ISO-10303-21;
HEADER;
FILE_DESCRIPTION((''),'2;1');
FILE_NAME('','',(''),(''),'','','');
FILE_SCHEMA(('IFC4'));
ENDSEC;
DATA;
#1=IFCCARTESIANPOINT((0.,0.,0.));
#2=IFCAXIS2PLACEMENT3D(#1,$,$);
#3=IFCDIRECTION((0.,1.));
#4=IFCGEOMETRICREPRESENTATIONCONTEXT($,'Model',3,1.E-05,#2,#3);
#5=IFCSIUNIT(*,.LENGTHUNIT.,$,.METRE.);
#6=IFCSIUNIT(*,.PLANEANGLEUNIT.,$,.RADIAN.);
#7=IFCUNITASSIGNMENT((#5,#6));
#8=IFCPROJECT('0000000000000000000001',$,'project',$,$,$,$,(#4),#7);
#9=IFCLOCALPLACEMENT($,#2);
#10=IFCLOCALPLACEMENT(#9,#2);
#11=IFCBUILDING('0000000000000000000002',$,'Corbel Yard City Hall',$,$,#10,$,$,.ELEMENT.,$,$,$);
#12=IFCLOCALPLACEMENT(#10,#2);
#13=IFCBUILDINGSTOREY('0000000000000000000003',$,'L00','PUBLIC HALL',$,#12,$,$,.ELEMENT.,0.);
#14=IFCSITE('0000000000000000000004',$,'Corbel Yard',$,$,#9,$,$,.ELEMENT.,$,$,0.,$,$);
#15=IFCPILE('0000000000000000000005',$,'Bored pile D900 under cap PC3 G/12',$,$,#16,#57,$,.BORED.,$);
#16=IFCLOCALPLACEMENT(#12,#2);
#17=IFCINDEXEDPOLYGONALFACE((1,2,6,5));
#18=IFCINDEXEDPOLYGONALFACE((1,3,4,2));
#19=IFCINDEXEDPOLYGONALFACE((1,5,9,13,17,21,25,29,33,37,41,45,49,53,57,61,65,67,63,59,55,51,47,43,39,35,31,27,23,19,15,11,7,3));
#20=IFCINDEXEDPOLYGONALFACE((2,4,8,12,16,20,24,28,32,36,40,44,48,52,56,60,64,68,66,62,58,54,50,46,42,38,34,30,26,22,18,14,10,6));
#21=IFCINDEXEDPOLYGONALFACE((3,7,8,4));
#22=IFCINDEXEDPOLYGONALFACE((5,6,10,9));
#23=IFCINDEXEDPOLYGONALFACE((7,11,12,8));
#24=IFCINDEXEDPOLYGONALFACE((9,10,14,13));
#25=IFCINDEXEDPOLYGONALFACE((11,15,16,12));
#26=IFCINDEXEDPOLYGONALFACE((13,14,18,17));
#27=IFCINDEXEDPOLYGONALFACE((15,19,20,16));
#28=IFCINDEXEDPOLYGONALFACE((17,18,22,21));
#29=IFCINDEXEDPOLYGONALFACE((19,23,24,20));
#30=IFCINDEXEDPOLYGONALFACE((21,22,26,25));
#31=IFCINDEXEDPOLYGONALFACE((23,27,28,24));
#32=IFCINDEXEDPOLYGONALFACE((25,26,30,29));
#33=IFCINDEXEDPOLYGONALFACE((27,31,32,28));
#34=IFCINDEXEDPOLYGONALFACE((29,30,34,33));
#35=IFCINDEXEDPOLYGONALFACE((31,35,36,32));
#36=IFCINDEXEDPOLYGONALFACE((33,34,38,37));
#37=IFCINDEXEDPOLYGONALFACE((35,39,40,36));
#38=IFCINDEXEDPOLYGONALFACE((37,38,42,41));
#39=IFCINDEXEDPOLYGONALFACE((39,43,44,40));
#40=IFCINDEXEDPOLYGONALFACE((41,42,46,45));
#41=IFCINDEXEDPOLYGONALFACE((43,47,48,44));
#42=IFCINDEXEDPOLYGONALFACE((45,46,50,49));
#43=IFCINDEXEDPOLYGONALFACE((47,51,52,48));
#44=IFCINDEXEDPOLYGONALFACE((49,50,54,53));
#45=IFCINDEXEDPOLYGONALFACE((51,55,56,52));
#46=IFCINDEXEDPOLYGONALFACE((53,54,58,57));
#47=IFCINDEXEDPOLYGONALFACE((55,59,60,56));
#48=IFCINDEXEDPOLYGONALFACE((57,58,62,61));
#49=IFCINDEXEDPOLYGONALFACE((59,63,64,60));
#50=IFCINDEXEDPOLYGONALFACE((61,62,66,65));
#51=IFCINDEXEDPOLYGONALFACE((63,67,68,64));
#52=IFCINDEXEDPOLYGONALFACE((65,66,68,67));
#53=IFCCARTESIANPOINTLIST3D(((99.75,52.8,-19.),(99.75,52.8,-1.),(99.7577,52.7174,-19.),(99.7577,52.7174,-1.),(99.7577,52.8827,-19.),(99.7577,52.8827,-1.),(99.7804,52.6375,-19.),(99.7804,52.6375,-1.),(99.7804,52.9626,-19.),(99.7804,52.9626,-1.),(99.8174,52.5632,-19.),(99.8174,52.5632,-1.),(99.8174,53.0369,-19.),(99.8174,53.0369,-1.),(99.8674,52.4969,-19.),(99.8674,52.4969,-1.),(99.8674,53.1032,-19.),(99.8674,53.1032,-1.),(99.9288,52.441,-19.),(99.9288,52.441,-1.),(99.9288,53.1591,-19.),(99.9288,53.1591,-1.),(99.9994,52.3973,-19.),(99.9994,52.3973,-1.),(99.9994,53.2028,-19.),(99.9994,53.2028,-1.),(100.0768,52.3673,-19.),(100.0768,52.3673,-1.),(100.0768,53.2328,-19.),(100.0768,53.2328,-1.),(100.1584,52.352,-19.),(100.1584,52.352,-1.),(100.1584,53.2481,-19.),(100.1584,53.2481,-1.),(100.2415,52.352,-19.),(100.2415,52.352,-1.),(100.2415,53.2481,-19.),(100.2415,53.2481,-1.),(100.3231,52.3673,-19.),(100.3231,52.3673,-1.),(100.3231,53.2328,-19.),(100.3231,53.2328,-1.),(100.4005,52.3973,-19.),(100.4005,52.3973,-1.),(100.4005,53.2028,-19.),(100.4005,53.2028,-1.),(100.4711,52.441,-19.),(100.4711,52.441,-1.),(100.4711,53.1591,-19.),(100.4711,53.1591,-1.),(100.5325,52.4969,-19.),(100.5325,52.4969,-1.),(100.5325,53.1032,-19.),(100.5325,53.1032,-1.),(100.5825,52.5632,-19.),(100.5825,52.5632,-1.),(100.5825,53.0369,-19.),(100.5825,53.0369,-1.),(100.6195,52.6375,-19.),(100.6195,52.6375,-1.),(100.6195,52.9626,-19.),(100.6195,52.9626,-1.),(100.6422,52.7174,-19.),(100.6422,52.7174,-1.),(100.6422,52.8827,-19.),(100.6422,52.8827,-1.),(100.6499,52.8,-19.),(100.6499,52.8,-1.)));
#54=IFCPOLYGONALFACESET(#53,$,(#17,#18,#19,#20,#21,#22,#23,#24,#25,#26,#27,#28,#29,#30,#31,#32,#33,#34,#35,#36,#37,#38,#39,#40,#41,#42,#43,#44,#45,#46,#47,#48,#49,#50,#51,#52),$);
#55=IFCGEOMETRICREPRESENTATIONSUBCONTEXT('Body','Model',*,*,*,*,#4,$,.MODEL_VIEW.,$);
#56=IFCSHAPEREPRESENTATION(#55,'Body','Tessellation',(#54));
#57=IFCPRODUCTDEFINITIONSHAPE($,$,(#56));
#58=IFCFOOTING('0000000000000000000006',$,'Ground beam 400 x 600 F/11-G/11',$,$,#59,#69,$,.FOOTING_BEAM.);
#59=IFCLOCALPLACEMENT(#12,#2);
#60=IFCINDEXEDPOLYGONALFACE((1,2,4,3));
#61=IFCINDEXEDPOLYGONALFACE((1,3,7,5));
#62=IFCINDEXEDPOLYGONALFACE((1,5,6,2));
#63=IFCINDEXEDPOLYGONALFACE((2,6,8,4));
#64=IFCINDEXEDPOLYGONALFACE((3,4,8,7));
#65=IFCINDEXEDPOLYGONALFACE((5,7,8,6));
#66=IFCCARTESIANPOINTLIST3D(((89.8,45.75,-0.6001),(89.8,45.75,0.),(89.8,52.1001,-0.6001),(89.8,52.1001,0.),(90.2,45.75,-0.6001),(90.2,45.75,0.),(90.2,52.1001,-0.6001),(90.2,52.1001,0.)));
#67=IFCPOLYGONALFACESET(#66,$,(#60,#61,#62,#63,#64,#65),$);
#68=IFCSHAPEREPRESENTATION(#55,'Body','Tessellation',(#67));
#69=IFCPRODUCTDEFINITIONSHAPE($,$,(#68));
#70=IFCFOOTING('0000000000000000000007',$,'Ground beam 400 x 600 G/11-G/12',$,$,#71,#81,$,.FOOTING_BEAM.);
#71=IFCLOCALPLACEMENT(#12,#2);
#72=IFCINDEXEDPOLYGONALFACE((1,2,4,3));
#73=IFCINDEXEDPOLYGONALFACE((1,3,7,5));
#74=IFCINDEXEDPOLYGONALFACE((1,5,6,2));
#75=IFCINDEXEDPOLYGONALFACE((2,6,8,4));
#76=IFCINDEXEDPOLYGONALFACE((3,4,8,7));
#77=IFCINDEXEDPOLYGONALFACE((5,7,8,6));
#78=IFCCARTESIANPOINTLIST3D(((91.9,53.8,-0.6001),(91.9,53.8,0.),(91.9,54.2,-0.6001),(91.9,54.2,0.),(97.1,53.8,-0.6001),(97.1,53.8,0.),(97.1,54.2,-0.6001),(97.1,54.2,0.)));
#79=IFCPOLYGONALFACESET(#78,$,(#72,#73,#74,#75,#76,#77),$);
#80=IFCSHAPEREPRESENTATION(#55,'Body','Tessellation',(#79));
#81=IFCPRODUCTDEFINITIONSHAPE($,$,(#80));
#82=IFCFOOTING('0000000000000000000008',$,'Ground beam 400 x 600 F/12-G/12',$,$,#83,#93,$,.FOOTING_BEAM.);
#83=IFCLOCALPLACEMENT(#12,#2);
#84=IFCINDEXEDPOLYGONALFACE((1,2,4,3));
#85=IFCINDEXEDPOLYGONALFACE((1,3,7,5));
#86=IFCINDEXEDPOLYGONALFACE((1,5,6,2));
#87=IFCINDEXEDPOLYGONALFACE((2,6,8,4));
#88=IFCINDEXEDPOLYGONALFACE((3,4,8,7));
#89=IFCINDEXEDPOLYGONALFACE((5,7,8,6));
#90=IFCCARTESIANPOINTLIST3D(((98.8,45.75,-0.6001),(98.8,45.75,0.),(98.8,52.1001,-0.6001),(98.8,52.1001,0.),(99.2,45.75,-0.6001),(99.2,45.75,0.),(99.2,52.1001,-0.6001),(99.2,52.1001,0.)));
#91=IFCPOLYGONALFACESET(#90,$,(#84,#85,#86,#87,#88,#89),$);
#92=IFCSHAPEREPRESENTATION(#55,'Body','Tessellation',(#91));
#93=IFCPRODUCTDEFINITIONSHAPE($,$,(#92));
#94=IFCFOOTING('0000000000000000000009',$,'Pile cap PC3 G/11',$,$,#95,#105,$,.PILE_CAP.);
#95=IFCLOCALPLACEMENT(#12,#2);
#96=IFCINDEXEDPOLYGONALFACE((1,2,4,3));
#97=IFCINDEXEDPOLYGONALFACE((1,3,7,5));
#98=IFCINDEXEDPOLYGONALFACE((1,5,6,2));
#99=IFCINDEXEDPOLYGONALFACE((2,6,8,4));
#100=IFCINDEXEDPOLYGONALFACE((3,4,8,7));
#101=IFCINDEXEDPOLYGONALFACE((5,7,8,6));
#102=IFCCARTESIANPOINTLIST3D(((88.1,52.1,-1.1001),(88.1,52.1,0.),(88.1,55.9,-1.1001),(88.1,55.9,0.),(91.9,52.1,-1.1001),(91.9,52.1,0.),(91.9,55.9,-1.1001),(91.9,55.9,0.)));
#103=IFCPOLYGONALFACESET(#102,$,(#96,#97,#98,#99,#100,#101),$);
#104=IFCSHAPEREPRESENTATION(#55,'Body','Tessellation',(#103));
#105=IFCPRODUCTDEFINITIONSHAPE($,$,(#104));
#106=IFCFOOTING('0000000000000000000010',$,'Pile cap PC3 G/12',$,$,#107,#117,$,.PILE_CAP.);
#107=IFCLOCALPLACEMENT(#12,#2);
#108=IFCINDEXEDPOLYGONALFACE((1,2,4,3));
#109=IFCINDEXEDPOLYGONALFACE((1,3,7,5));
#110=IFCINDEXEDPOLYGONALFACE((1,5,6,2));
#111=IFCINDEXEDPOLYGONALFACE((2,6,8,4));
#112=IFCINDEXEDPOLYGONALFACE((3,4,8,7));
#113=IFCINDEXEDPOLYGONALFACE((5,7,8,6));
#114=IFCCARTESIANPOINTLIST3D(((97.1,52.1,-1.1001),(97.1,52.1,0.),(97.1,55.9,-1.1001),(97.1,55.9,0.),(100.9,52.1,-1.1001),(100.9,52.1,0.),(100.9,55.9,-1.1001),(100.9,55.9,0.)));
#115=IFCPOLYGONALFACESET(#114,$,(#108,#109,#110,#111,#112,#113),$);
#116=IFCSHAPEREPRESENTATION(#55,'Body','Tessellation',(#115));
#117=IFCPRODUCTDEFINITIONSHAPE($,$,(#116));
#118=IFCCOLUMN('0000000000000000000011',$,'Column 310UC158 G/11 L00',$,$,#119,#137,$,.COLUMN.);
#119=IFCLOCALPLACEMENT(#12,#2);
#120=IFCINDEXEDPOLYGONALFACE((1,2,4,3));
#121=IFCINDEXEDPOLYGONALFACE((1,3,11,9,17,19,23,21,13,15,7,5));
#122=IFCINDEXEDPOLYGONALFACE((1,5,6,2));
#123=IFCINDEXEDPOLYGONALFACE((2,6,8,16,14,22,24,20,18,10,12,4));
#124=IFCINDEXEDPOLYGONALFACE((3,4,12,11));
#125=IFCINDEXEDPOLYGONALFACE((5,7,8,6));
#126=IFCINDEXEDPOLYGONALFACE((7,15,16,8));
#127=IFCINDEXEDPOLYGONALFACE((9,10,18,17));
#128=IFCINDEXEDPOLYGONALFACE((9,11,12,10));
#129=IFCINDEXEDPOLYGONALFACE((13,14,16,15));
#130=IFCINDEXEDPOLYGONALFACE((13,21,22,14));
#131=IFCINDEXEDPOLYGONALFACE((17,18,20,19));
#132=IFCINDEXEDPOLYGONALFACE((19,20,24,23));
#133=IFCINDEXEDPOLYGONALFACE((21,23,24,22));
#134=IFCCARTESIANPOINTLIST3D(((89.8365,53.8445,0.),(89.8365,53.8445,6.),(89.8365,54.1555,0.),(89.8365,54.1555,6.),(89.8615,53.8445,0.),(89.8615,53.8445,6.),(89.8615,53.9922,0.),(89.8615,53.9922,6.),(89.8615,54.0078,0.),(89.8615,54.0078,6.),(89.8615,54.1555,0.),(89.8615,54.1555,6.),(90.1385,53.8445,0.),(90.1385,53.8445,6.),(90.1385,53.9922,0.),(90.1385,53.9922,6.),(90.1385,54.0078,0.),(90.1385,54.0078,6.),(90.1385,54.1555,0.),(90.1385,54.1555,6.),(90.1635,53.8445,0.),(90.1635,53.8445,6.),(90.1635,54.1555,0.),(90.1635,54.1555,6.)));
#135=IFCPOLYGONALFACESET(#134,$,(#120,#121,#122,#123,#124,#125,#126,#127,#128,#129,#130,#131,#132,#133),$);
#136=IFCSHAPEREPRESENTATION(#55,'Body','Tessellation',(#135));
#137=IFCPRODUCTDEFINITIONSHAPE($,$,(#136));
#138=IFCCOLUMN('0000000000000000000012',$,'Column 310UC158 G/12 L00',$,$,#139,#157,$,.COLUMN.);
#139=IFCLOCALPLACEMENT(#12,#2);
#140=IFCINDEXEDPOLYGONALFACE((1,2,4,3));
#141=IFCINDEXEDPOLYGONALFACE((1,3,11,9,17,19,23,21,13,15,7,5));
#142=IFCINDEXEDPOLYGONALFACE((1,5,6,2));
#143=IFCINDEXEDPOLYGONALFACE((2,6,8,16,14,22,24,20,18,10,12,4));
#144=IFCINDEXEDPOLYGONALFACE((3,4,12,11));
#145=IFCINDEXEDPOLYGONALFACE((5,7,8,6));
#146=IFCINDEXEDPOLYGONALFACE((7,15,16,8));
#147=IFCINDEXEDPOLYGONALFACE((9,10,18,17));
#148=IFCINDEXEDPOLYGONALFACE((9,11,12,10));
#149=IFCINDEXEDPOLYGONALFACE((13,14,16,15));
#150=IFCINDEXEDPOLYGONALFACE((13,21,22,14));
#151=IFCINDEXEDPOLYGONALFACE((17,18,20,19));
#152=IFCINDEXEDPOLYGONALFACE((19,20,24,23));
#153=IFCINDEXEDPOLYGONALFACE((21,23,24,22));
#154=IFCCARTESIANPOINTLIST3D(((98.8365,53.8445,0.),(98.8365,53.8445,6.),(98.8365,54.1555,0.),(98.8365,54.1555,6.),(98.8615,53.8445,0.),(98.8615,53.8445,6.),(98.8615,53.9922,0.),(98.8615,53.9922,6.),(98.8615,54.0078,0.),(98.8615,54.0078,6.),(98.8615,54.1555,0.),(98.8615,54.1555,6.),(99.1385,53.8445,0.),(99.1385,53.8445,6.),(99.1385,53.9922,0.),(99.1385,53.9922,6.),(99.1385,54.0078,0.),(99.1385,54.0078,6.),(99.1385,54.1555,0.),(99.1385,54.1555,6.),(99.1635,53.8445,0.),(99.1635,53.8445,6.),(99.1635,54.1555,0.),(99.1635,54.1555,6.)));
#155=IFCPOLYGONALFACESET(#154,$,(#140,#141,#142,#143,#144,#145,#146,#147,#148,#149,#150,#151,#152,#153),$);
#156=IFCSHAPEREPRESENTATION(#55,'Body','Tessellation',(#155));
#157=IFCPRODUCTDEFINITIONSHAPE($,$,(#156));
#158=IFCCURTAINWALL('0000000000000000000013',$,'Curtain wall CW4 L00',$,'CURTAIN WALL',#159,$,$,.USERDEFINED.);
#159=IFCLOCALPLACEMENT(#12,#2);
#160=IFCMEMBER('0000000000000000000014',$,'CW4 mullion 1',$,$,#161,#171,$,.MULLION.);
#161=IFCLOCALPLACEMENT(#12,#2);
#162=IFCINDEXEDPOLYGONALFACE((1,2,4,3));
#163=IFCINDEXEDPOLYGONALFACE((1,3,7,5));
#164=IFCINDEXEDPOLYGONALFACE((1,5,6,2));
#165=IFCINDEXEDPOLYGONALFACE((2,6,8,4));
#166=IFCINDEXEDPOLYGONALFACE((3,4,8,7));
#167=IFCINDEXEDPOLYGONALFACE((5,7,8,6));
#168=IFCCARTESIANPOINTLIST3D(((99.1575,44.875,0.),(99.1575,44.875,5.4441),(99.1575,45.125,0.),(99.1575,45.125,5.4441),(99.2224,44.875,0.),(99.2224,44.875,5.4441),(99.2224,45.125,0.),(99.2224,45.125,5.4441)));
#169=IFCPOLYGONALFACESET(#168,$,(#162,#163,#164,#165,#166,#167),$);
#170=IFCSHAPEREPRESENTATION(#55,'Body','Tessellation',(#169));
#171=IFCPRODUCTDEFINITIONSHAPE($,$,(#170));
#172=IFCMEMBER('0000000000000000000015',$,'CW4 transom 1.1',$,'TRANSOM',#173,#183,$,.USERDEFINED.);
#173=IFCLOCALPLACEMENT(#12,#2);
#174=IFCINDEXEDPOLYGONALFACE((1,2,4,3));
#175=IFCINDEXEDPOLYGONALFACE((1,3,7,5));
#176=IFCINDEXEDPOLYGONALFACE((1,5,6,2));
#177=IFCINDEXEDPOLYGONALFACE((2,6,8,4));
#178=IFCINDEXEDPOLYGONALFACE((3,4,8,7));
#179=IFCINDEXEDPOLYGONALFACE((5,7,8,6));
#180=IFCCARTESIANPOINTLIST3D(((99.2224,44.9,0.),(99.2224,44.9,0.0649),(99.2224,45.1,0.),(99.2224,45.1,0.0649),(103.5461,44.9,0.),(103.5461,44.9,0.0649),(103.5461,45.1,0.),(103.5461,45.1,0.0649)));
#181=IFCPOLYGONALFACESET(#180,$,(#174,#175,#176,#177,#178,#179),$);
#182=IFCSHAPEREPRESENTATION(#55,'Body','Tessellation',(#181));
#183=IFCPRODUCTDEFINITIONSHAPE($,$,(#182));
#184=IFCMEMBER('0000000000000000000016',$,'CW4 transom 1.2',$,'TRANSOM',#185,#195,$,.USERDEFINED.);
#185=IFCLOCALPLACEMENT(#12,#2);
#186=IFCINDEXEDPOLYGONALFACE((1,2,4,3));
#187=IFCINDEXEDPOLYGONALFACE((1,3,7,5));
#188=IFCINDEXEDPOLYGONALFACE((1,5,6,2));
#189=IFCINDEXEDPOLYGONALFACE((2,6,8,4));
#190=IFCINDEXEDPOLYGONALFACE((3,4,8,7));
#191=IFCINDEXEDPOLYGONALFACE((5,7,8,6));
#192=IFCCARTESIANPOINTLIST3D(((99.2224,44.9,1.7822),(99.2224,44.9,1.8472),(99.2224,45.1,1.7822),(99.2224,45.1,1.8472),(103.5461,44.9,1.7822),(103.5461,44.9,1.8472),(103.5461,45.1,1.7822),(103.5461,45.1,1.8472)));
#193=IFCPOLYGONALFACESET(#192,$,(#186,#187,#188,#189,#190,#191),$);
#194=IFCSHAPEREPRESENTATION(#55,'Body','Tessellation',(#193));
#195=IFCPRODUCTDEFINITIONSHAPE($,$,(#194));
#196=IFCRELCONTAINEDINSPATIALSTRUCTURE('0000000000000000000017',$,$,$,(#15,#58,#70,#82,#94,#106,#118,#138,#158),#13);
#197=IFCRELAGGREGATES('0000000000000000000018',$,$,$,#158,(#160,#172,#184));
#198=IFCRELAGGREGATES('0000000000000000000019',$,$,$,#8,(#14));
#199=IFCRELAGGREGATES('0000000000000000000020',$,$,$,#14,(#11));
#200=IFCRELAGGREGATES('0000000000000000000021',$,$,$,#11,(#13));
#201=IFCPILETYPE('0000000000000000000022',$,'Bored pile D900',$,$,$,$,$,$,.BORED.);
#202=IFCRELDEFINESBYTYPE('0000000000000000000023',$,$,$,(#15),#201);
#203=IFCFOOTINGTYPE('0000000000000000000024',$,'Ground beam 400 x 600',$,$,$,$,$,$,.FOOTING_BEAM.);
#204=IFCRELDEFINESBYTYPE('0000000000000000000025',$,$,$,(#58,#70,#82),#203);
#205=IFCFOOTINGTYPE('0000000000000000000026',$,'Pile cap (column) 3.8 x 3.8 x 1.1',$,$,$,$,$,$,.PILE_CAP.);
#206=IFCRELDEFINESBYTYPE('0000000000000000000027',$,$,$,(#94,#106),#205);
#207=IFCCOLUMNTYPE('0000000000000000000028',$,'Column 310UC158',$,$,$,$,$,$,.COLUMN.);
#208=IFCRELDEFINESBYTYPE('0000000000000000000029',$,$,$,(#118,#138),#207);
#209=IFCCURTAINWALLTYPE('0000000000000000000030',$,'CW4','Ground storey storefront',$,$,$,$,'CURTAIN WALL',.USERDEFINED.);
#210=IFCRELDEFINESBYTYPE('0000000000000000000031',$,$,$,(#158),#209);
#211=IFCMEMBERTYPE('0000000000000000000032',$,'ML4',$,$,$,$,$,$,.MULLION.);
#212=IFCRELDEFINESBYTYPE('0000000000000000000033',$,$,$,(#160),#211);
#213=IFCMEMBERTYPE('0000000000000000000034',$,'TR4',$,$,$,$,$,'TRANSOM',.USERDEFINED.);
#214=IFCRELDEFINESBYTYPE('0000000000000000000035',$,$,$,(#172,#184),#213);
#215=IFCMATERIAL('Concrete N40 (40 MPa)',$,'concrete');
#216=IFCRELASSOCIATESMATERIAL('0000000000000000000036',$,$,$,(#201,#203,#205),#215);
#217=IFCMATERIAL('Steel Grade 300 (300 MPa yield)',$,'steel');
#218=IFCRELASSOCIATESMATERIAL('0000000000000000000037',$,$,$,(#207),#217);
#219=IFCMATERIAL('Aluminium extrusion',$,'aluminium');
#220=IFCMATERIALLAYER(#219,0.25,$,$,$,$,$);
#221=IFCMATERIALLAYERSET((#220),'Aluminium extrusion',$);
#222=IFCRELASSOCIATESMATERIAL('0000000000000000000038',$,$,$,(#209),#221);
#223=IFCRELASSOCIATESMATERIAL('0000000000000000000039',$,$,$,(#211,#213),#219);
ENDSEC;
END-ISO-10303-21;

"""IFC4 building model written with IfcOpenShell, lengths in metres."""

from ifc_helpers import new_model, si_unit, direction, frame, origin, origin_2d, place, context, subcontext, project, spatial, rectangle, circle, i_section, extrude, material, layer, layer_set, material_profile, profile_set, type_object, element, aggregate, save


model = new_model("IFC4")

# Units and contexts
model_context = context("Model", 3, precision=1e-05, world=origin(), true_north=direction((0.0, 1.0)))
body_context = subcontext(model_context, "Body", "Model", "MODEL_VIEW")
ifc_project = project(units=[si_unit("LENGTHUNIT", "METRE"), si_unit("PLANEANGLEUNIT", "RADIAN")], contexts=[model_context])

# Site, building, storey
site_placement = place(None, origin())
site = spatial("IfcSite", under=ifc_project, at=site_placement, Name="Corbel Yard", CompositionType="ELEMENT", RefElevation=0.0)
building_placement = place(site_placement, origin())
building = spatial("IfcBuilding", under=site, at=building_placement, Name="Corbel Yard City Hall", CompositionType="ELEMENT")
storey_placement = place(building_placement, origin())
storey = spatial("IfcBuildingStorey", under=building, at=storey_placement, Name="L00", Description="PUBLIC HALL", CompositionType="ELEMENT", Elevation=0.0)

# Pile
ifc_material_1 = material(Name="Concrete N40 (40 MPa)", Category="concrete")
ifc_material_profile_1 = material_profile(ifc_material_1, circle(Radius=0.45, at=origin_2d()), Name="D900")
ifc_profile_set_1 = profile_set([ifc_material_profile_1], Name="Concrete N40 (40 MPa)")
pile_type = type_object("IfcPileType", Name="Bored pile D900", PredefinedType="BORED", material=ifc_profile_set_1)
for number, where, z_axis, x_axis, name in (
    (1, (100.2, 52.8, -1.0), (0.0, 0.0, -1.0), (1.0, 0.0, 0.0), "Bored pile D900 under cap PC3 G/12"),
):
    element("IfcPile", number, at=place(storey_placement, frame(where, z_axis=z_axis, x_axis=x_axis)), inside=storey, type_object=pile_type, Name=name, PredefinedType="BORED", context=body_context, shape_type="SweptSolid", body=[
        extrude(circle(Radius=0.45, at=origin_2d()), origin(), (0.0, 0.0, 1.0), 18.0),
    ])

# Footings
footing_type_1 = type_object("IfcFootingType", Name="Ground beam 400 x 600", PredefinedType="FOOTING_BEAM", material=ifc_material_1)
footing_1_placement = place(storey_placement, frame((90.0, 48.925, -0.6001), z_axis=(0.0, 0.0, 1.0), x_axis=(1.0, 0.0, 0.0)))
element("IfcFooting", 2, at=footing_1_placement, inside=storey, type_object=footing_type_1, Name="Ground beam 400 x 600 F/11-G/11", PredefinedType="FOOTING_BEAM", context=body_context, shape_type="SweptSolid", body=[
    extrude(rectangle(XDim=0.3999, YDim=6.3501, at=origin_2d()), origin(), (0.0, 0.0, 1.0), 0.6001),
])
footing_2_placement = place(storey_placement, frame((94.5, 54.0, -0.6001), z_axis=(0.0, 0.0, 1.0), x_axis=(1.0, 0.0, 0.0)))
element("IfcFooting", 3, at=footing_2_placement, inside=storey, type_object=footing_type_1, Name="Ground beam 400 x 600 G/11-G/12", PredefinedType="FOOTING_BEAM", context=body_context, shape_type="SweptSolid", body=[
    extrude(rectangle(XDim=5.2, YDim=0.3999, at=origin_2d()), origin(), (0.0, 0.0, 1.0), 0.6001),
])
footing_3_placement = place(storey_placement, frame((99.0, 48.925, -0.6001), z_axis=(0.0, 0.0, 1.0), x_axis=(1.0, 0.0, 0.0)))
element("IfcFooting", 4, at=footing_3_placement, inside=storey, type_object=footing_type_1, Name="Ground beam 400 x 600 F/12-G/12", PredefinedType="FOOTING_BEAM", context=body_context, shape_type="SweptSolid", body=[
    extrude(rectangle(XDim=0.3999, YDim=6.3501, at=origin_2d()), origin(), (0.0, 0.0, 1.0), 0.6001),
])
footing_type_2 = type_object("IfcFootingType", Name="Pile cap (column) 3.8 x 3.8 x 1.1", PredefinedType="PILE_CAP", material=ifc_material_1)
for number, where, z_axis, x_axis, name in (
    (5, (90.0, 54.0, -1.1001), (0.0, 0.0, 1.0), (1.0, 0.0, 0.0), "Pile cap PC3 G/11"),
    (6, (99.0, 54.0, -1.1001), (0.0, 0.0, 1.0), (1.0, 0.0, 0.0), "Pile cap PC3 G/12"),
):
    element("IfcFooting", number, at=place(storey_placement, frame(where, z_axis=z_axis, x_axis=x_axis)), inside=storey, type_object=footing_type_2, Name=name, PredefinedType="PILE_CAP", context=body_context, shape_type="SweptSolid", body=[
        extrude(rectangle(XDim=3.8, YDim=3.8, at=origin_2d()), origin(), (0.0, 0.0, 1.0), 1.1001),
    ])

# Columns
ifc_material_2 = material(Name="Steel Grade 300 (300 MPa yield)", Category="steel")
ifc_material_profile_2 = material_profile(ifc_material_2, i_section(OverallWidth=0.311, OverallDepth=0.3269, WebThickness=0.0156, FlangeThickness=0.0249, at=origin_2d()), Name="310UC158")
ifc_profile_set_2 = profile_set([ifc_material_profile_2], Name="Steel Grade 300 (300 MPa yield)")
column_type = type_object("IfcColumnType", Name="Column 310UC158", PredefinedType="COLUMN", material=ifc_profile_set_2)
for number, where, z_axis, x_axis, name in (
    (7, (90.0, 54.0, 0.0), (0.0, 0.0, 1.0), (0.0, 1.0, 0.0), "Column 310UC158 G/11 L00"),
    (8, (99.0, 54.0, 0.0), (0.0, 0.0, 1.0), (0.0, 1.0, 0.0), "Column 310UC158 G/12 L00"),
):
    element("IfcColumn", number, at=place(storey_placement, frame(where, z_axis=z_axis, x_axis=x_axis)), inside=storey, type_object=column_type, Name=name, PredefinedType="COLUMN", context=body_context, shape_type="SweptSolid", body=[
        extrude(i_section(OverallWidth=0.311, OverallDepth=0.3269, WebThickness=0.0156, FlangeThickness=0.0249, at=origin_2d()), origin(), (0.0, 0.0, 1.0), 6.0),
    ])

# Curtain wall, members
ifc_material_3 = material(Name="Aluminium extrusion", Category="aluminium")
ifc_layer_1 = layer(ifc_material_3, 0.25)
ifc_layer_set_1 = layer_set([ifc_layer_1], Name="Aluminium extrusion")
curtain_wall_type = type_object("IfcCurtainWallType", Name="CW4", Description="Ground storey storefront", ElementType="CURTAIN WALL", PredefinedType="USERDEFINED", material=ifc_layer_set_1)
curtain_wall_placement = place(storey_placement, origin())
curtain_wall = element("IfcCurtainWall", 9, at=curtain_wall_placement, inside=storey, type_object=curtain_wall_type, Name="Curtain wall CW4 L00", ObjectType="CURTAIN WALL", PredefinedType="USERDEFINED")
ifc_material_profile_3 = material_profile(ifc_material_3, rectangle(XDim=0.25, YDim=0.0649, at=origin_2d()), Name="250x65")
ifc_profile_set_3 = profile_set([ifc_material_profile_3], Name="Aluminium extrusion")
member_type_1 = type_object("IfcMemberType", Name="ML4", PredefinedType="MULLION", material=ifc_profile_set_3)
member_1_placement = place(storey_placement, frame((99.1899, 45.0, 0.0), z_axis=(0.0, 0.0, 1.0), x_axis=(0.0, 1.0, 0.0)))
member_1 = element("IfcMember", 10, at=member_1_placement, type_object=member_type_1, Name="CW4 mullion 1", PredefinedType="MULLION", context=body_context, shape_type="SweptSolid", body=[
    extrude(rectangle(XDim=0.25, YDim=0.0649, at=origin_2d()), origin(), (0.0, 0.0, 1.0), 5.4441),
])
ifc_material_profile_4 = material_profile(ifc_material_3, rectangle(XDim=0.2, YDim=0.0649, at=origin_2d()), Name="200x65")
ifc_profile_set_4 = profile_set([ifc_material_profile_4], Name="Aluminium extrusion")
member_type_2 = type_object("IfcMemberType", Name="TR4", ElementType="TRANSOM", PredefinedType="USERDEFINED", material=ifc_profile_set_4)
member_2_placement = place(storey_placement, frame((99.2224, 45.0, 0.0325), z_axis=(1.0, 0.0, 0.0), x_axis=(0.0, 1.0, 0.0)))
member_2 = element("IfcMember", 11, at=member_2_placement, type_object=member_type_2, Name="CW4 transom 1.1", ObjectType="TRANSOM", PredefinedType="USERDEFINED", context=body_context, shape_type="SweptSolid", body=[
    extrude(rectangle(XDim=0.2, YDim=0.0649, at=origin_2d()), origin(), (0.0, 0.0, 1.0), 4.3237),
])
member_3_placement = place(storey_placement, frame((99.2224, 45.0, 1.8147), z_axis=(1.0, 0.0, 0.0), x_axis=(0.0, 1.0, 0.0)))
member_3 = element("IfcMember", 12, at=member_3_placement, type_object=member_type_2, Name="CW4 transom 1.2", ObjectType="TRANSOM", PredefinedType="USERDEFINED", context=body_context, shape_type="SweptSolid", body=[
    extrude(rectangle(XDim=0.2, YDim=0.0649, at=origin_2d()), origin(), (0.0, 0.0, 1.0), 4.3237),
])
aggregate(curtain_wall, [member_1, member_2, member_3])

save(model, "model.ifc")
